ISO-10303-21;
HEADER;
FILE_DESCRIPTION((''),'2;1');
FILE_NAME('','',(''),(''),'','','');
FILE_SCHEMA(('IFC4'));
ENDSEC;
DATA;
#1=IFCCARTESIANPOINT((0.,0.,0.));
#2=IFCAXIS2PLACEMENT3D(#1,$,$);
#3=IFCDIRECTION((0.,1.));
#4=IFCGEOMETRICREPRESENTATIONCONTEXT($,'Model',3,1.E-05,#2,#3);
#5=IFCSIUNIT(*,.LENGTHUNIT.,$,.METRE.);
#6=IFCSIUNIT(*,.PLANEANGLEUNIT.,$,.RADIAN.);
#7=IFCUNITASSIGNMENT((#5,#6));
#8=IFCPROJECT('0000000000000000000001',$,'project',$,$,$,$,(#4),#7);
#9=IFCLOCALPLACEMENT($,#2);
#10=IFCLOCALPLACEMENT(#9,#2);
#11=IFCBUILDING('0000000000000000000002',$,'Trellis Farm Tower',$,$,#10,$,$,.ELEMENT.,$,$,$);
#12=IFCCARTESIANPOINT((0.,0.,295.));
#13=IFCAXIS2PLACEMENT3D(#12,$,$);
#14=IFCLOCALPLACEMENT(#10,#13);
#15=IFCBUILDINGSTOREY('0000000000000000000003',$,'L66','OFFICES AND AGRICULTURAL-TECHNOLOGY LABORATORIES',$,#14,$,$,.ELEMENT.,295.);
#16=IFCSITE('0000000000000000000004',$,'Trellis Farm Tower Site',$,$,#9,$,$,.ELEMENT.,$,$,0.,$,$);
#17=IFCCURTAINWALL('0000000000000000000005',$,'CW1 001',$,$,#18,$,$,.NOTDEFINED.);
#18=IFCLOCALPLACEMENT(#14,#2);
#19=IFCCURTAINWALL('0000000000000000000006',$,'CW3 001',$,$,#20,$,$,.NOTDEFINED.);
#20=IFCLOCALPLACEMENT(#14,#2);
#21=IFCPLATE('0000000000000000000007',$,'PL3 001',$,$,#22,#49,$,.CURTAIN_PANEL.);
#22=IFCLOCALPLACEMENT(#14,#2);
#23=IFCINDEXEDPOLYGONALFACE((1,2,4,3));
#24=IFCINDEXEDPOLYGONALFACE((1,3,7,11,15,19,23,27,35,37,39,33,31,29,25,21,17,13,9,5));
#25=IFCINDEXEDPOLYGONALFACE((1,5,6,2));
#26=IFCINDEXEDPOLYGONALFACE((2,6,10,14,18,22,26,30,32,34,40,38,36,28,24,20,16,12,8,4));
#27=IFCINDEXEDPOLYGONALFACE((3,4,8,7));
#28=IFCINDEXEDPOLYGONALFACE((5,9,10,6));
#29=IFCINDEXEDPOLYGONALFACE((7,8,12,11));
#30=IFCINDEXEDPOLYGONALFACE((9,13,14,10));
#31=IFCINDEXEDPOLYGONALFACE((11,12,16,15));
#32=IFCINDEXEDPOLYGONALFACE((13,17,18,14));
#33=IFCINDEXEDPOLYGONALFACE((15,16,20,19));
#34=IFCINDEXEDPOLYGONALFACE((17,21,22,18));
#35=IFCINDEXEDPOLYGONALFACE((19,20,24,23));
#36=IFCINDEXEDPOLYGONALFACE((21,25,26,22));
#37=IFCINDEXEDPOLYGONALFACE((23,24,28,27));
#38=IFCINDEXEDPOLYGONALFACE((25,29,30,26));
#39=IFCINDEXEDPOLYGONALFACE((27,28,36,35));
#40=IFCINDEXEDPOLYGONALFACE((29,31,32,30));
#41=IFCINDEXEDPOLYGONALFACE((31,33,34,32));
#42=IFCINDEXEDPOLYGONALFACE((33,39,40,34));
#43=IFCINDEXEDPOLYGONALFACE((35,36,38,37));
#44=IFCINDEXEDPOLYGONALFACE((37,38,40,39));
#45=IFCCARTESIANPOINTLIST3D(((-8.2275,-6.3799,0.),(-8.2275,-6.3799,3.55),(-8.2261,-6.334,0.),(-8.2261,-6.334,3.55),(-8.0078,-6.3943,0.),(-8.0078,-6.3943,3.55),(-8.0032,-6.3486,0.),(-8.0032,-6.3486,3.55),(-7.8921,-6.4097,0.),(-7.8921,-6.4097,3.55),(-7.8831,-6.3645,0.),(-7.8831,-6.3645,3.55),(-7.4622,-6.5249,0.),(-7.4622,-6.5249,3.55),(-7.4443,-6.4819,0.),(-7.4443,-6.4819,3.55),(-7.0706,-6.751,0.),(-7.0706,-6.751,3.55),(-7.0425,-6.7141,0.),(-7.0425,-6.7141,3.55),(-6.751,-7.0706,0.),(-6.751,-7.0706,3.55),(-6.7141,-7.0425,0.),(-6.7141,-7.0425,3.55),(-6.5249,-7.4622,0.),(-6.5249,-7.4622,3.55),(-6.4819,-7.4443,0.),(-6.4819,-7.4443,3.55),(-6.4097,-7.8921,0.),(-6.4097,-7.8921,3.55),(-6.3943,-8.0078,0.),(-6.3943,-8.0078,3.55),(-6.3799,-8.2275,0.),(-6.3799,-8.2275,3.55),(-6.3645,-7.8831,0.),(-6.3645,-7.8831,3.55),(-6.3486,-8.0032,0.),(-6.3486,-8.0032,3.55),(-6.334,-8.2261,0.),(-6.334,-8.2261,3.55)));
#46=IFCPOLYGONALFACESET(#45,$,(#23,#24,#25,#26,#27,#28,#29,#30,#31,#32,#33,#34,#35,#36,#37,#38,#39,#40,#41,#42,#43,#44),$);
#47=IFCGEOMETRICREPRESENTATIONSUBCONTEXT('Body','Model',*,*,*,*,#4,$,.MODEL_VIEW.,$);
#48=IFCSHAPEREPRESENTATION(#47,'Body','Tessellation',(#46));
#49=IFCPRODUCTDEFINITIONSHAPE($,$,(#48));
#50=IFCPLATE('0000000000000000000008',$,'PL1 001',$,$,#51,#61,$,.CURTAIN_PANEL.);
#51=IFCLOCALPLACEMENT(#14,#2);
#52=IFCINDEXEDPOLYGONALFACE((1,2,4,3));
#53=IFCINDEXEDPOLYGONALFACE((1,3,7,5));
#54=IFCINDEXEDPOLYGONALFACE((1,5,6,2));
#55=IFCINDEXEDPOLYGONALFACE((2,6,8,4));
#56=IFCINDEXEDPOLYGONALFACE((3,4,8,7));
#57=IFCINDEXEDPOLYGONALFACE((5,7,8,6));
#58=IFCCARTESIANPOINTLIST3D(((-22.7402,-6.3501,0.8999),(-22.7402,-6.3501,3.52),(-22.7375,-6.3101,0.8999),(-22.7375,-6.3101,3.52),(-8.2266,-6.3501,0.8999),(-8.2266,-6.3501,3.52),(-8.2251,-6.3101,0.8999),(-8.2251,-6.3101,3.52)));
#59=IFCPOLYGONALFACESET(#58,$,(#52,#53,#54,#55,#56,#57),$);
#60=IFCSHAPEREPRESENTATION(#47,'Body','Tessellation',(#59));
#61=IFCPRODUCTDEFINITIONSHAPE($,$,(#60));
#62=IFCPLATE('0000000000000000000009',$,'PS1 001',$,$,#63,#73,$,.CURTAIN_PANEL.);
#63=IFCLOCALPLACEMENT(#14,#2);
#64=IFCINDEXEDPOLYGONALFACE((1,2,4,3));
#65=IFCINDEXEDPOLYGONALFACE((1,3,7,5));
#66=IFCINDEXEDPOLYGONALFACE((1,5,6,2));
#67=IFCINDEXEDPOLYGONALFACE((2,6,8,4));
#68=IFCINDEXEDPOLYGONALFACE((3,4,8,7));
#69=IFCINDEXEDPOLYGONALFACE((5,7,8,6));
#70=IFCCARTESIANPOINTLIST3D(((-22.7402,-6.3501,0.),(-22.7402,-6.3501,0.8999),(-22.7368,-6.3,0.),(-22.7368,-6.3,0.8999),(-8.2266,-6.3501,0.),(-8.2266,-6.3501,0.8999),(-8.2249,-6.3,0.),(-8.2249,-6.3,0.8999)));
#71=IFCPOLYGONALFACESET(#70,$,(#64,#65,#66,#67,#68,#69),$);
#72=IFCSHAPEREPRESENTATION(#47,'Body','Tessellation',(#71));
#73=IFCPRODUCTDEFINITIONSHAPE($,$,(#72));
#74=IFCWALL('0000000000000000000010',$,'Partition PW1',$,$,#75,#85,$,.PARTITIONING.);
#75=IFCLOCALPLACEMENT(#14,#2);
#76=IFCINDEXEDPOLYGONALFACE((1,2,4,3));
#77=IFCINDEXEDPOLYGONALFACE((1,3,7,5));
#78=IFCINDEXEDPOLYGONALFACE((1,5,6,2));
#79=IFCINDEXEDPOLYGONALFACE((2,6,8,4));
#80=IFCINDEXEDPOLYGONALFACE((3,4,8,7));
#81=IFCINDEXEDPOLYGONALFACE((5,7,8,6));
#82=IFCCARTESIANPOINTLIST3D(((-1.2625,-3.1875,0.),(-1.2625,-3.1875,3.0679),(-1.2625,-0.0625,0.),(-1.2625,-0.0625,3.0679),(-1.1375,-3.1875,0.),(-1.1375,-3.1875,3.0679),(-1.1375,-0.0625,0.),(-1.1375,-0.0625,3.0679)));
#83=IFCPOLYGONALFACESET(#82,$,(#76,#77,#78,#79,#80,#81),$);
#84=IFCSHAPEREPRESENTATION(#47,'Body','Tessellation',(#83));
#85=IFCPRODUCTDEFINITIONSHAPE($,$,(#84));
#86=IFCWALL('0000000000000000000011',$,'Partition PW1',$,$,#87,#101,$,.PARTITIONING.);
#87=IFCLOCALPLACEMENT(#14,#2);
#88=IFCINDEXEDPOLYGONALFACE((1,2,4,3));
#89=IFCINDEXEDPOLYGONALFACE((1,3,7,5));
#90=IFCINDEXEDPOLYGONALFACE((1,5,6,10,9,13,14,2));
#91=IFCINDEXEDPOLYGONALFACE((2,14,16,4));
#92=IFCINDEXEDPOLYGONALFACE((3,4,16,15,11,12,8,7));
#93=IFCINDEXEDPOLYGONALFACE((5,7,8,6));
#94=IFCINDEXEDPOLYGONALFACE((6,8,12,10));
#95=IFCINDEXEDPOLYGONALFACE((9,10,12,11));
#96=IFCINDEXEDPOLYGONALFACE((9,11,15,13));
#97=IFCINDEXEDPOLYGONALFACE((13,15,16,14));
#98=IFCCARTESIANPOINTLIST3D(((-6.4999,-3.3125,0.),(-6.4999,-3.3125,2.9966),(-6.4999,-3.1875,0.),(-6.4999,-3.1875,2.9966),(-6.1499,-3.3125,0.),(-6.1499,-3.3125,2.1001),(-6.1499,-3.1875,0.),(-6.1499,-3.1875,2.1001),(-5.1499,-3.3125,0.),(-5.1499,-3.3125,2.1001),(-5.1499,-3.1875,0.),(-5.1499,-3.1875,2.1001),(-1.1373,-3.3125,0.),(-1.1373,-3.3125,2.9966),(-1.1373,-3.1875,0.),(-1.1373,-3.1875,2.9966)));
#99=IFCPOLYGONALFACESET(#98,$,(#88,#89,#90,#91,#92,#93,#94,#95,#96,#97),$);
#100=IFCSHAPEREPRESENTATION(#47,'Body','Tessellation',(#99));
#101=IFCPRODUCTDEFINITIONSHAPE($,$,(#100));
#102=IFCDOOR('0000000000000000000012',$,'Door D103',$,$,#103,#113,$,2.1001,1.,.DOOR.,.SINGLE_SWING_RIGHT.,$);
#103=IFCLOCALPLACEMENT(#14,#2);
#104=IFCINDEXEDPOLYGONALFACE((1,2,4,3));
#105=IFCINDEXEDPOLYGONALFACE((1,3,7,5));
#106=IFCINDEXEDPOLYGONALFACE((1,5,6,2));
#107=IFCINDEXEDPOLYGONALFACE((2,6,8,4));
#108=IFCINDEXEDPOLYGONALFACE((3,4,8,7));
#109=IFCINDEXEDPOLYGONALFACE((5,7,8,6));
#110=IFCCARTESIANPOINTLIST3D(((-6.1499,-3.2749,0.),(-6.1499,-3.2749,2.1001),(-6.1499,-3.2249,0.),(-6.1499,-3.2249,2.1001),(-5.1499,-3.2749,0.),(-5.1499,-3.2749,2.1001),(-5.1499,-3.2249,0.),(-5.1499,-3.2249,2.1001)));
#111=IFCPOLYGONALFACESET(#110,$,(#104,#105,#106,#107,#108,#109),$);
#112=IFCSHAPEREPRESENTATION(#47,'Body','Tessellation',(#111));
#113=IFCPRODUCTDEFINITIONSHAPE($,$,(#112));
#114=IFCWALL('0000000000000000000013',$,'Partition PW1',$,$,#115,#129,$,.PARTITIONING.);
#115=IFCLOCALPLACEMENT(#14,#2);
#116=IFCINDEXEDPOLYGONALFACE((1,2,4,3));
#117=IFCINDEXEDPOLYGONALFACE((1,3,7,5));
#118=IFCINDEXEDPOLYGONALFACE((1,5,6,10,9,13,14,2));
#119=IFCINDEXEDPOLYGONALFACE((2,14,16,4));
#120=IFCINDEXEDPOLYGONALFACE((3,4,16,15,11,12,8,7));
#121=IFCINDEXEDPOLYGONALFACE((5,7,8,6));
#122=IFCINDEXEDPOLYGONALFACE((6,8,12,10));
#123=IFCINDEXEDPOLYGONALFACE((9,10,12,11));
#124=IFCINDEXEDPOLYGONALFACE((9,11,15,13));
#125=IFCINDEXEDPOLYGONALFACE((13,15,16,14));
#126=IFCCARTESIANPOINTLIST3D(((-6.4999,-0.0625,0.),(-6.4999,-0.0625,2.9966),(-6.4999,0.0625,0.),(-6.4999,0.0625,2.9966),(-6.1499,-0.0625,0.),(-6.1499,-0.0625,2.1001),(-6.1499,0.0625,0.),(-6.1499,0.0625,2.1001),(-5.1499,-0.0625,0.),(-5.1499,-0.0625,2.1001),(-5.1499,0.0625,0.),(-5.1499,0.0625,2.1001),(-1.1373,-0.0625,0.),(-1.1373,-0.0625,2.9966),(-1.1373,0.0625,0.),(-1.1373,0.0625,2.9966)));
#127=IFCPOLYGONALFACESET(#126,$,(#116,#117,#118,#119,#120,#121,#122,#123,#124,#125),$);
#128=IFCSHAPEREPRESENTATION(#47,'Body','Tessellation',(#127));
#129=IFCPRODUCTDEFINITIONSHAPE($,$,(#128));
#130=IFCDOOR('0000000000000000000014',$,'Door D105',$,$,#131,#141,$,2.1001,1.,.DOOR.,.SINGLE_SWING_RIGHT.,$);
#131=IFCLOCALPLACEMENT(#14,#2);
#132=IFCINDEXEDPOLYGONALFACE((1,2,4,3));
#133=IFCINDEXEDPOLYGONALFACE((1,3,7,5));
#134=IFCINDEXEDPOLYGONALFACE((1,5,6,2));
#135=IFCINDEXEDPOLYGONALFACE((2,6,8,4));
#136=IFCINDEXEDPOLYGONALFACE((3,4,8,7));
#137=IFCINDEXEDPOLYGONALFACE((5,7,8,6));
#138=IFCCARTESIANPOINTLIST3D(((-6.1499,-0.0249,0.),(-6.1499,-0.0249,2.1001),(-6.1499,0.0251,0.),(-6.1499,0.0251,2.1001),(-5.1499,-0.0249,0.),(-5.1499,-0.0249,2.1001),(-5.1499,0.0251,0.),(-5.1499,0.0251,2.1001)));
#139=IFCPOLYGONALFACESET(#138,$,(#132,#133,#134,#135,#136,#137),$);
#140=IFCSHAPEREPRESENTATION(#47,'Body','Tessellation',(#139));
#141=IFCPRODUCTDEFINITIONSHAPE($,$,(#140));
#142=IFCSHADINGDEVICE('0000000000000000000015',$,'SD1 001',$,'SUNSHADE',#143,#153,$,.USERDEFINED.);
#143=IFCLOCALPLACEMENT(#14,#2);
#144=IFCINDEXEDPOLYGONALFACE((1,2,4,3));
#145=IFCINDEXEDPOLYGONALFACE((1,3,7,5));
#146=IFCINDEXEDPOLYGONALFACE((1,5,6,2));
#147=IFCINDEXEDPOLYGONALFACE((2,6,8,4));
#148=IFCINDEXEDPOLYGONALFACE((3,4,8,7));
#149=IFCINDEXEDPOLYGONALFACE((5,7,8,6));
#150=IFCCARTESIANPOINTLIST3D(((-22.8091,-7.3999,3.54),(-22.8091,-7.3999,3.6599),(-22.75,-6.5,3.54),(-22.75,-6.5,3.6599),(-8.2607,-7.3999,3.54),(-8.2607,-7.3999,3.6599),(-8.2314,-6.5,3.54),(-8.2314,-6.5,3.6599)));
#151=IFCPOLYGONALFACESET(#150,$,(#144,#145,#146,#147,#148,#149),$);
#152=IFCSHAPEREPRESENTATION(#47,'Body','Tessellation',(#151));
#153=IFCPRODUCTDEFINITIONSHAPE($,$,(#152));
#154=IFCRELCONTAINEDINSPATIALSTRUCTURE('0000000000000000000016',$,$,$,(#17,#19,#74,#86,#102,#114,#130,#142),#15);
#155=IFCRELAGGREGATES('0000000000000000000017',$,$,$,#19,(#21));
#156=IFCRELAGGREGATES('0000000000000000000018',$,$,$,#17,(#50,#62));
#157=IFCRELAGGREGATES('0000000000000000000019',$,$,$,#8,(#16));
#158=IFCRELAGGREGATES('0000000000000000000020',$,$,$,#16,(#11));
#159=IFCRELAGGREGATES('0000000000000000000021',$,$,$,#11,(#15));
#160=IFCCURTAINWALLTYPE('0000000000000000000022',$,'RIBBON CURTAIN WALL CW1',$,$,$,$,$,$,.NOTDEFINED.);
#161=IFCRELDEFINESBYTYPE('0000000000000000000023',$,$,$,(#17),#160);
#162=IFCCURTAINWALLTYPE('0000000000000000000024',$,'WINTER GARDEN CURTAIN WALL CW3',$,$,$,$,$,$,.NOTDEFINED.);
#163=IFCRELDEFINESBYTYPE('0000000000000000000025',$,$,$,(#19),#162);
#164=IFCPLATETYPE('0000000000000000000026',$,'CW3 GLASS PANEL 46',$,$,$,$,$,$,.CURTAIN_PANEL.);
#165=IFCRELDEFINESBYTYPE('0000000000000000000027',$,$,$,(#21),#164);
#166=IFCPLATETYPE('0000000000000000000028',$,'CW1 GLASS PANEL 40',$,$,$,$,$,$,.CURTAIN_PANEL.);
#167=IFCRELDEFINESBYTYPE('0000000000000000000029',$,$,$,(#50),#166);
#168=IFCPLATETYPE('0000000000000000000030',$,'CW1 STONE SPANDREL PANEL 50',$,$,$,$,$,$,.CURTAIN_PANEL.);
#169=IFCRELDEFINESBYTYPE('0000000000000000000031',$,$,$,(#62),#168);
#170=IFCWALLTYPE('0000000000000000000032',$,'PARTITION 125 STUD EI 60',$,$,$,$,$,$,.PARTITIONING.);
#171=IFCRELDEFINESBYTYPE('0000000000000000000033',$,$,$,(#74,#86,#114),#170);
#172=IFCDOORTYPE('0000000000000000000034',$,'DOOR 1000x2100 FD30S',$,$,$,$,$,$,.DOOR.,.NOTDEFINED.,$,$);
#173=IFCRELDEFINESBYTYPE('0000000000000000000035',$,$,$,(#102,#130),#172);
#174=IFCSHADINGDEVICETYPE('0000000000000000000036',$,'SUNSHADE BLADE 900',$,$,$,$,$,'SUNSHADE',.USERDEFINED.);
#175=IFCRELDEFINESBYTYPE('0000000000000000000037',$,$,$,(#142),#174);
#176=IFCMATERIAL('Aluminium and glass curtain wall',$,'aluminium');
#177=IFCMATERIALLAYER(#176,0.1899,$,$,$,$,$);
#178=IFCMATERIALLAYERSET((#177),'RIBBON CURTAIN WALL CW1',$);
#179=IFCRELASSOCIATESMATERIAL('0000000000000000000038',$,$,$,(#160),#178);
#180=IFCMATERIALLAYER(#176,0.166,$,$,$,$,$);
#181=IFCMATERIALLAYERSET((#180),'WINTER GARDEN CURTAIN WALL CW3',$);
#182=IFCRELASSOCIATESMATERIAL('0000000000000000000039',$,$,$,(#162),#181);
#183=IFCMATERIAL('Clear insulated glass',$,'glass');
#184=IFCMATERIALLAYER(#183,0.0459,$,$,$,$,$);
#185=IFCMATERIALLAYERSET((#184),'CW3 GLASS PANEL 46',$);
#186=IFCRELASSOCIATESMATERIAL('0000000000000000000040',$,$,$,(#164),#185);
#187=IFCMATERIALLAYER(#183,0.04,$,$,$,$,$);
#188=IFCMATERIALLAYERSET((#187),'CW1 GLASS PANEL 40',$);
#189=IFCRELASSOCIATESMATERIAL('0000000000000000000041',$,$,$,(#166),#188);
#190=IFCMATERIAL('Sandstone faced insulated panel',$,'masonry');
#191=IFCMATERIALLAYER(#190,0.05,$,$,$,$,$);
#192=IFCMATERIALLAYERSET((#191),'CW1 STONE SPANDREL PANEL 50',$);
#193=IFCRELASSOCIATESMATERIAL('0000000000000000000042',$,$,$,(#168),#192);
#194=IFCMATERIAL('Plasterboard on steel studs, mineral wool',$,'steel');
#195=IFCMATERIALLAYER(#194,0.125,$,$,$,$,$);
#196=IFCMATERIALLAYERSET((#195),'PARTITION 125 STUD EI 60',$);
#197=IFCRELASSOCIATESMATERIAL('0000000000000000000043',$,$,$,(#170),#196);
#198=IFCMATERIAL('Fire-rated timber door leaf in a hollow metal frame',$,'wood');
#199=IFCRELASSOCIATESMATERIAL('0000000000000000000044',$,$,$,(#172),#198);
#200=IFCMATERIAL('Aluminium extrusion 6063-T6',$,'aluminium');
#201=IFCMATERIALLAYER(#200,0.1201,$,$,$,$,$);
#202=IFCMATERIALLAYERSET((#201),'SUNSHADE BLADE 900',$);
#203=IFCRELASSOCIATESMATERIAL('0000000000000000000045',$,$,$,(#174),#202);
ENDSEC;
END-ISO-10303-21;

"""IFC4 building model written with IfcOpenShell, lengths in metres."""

from ifc_helpers import new_model, si_unit, direction, frame, frame_2d, origin, place, context, subcontext, project, spatial, polyline, rectangle, outline, extrude, source, transform, mapped, material, layer, layer_set, type_object, element, fill, aggregate, save


model = new_model("IFC4")

# Units and contexts
model_context = context("Model", 3, precision=1e-05, world=origin(), true_north=direction((0.0, 1.0)))
body_context = subcontext(model_context, "Body", "Model", "MODEL_VIEW")
ifc_project = project(units=[si_unit("LENGTHUNIT", "METRE"), si_unit("PLANEANGLEUNIT", "RADIAN")], contexts=[model_context])

# Site, building, storey
site_placement = place(None, origin())
site = spatial("IfcSite", under=ifc_project, at=site_placement, Name="Trellis Farm Tower Site", CompositionType="ELEMENT", RefElevation=0.0)
building_placement = place(site_placement, origin())
building = spatial("IfcBuilding", under=site, at=building_placement, Name="Trellis Farm Tower", CompositionType="ELEMENT")
storey_placement = place(building_placement, frame((0.0, 0.0, 295.0)))
storey = spatial("IfcBuildingStorey", under=building, at=storey_placement, Name="L66", Description="OFFICES AND AGRICULTURAL-TECHNOLOGY LABORATORIES", CompositionType="ELEMENT", Elevation=295.0)

# Curtain wall
ifc_material_1 = material(Name="Aluminium and glass curtain wall", Category="aluminium")
ifc_layer_1 = layer(ifc_material_1, 0.1899)
ifc_layer_set_1 = layer_set([ifc_layer_1], Name="RIBBON CURTAIN WALL CW1")
curtain_wall_type_1 = type_object("IfcCurtainWallType", Name="RIBBON CURTAIN WALL CW1", PredefinedType="NOTDEFINED", material=ifc_layer_set_1)
placement_1 = place(storey_placement, origin())
curtain_wall_1 = element("IfcCurtainWall", 1, at=placement_1, inside=storey, type_object=curtain_wall_type_1, Name="CW1 001", PredefinedType="NOTDEFINED")
ifc_material_2 = material(Name="Aluminium extrusion 6063-T6", Category="aluminium")

# Curtain wall, plate
ifc_layer_2 = layer(ifc_material_1, 0.166)
ifc_layer_set_2 = layer_set([ifc_layer_2], Name="WINTER GARDEN CURTAIN WALL CW3")
curtain_wall_type_2 = type_object("IfcCurtainWallType", Name="WINTER GARDEN CURTAIN WALL CW3", PredefinedType="NOTDEFINED", material=ifc_layer_set_2)
curtain_wall_2 = element("IfcCurtainWall", 2, at=placement_1, inside=storey, type_object=curtain_wall_type_2, Name="CW3 001", PredefinedType="NOTDEFINED")
ifc_material_3 = material(Name="Clear insulated glass", Category="glass")
ifc_layer_3 = layer(ifc_material_3, 0.0459)
ifc_layer_set_3 = layer_set([ifc_layer_3], Name="CW3 GLASS PANEL 46")
plate_type_1 = type_object("IfcPlateType", Name="CW3 GLASS PANEL 46", PredefinedType="CURTAIN_PANEL", material=ifc_layer_set_3)
shared_shape_1 = source(origin(), body_context, "Body", "SweptSolid", [
    extrude(outline(polyline([(-8.2275, -6.3799), (-8.0078, -6.3943), (-7.8921, -6.4097), (-7.4622, -6.5249), (-7.0706, -6.751), (-6.751, -7.0706), (-6.5249, -7.4622), (-6.4097, -7.8921), (-6.3943, -8.0078), (-6.3799, -8.2275), (-6.334, -8.2261), (-6.3486, -8.0032), (-6.3645, -7.8831), (-6.4819, -7.4443), (-6.7141, -7.0425), (-7.0425, -6.7141), (-7.4443, -6.4819), (-7.8831, -6.3645), (-8.0032, -6.3486), (-8.2261, -6.334), (-8.2275, -6.3799)])), origin(), (0.0, 0.0, 1.0), 3.55),
])
plate_1 = element("IfcPlate", 3, at=placement_1, type_object=plate_type_1, Name="PL3 001", PredefinedType="CURTAIN_PANEL", context=body_context, shape_type="MappedRepresentation", body=[
    mapped(shared_shape_1, transform((0.0, 0.0, 0.0))),
])
aggregate(curtain_wall_2, [plate_1])

# Plates
ifc_layer_4 = layer(ifc_material_3, 0.04)
ifc_layer_set_4 = layer_set([ifc_layer_4], Name="CW1 GLASS PANEL 40")
plate_type_2 = type_object("IfcPlateType", Name="CW1 GLASS PANEL 40", PredefinedType="CURTAIN_PANEL", material=ifc_layer_set_4)
shared_shape_2 = source(origin(), body_context, "Body", "SweptSolid", [
    extrude(outline(polyline([(-22.7402, -6.3501), (-8.2266, -6.3501), (-8.2251, -6.3101), (-22.7375, -6.3101), (-22.7402, -6.3501)])), origin(), (0.0, 0.0, 1.0), 2.6201),
])
plate_2_placement = place(storey_placement, frame((0.0, 0.0, 0.8999)))
plate_2 = element("IfcPlate", 4, at=plate_2_placement, type_object=plate_type_2, Name="PL1 001", PredefinedType="CURTAIN_PANEL", context=body_context, shape_type="MappedRepresentation", body=[
    mapped(shared_shape_2, transform((0.0, 0.0, 0.0))),
])
ifc_material_4 = material(Name="Sandstone faced insulated panel", Category="masonry")
ifc_layer_5 = layer(ifc_material_4, 0.05)
ifc_layer_set_5 = layer_set([ifc_layer_5], Name="CW1 STONE SPANDREL PANEL 50")
plate_type_3 = type_object("IfcPlateType", Name="CW1 STONE SPANDREL PANEL 50", PredefinedType="CURTAIN_PANEL", material=ifc_layer_set_5)
shared_shape_3 = source(origin(), body_context, "Body", "SweptSolid", [
    extrude(outline(polyline([(-22.7402, -6.3501), (-8.2266, -6.3501), (-8.2249, -6.3), (-22.7368, -6.3), (-22.7402, -6.3501)])), origin(), (0.0, 0.0, 1.0), 0.8999),
])
plate_3 = element("IfcPlate", 5, at=placement_1, type_object=plate_type_3, Name="PS1 001", PredefinedType="CURTAIN_PANEL", context=body_context, shape_type="MappedRepresentation", body=[
    mapped(shared_shape_3, transform((0.0, 0.0, 0.0))),
])
aggregate(curtain_wall_1, [plate_2, plate_3])

# Wall
ifc_material_5 = material(Name="Plasterboard on steel studs, mineral wool", Category="steel")
ifc_layer_6 = layer(ifc_material_5, 0.125)
ifc_layer_set_6 = layer_set([ifc_layer_6], Name="PARTITION 125 STUD EI 60")
wall_type = type_object("IfcWallType", Name="PARTITION 125 STUD EI 60", PredefinedType="PARTITIONING", material=ifc_layer_set_6)
shared_shape_4 = source(origin(), body_context, "Body", "SweptSolid", [
    extrude(rectangle(XDim=3.125, YDim=0.125, at=frame_2d((1.5625, 0.0))), origin(), (0.0, 0.0, 1.0), 3.0679),
])
wall_1_placement = place(storey_placement, frame((-1.2, -0.0625, 0.0), z_axis=(0.0, 0.0, 1.0), x_axis=(0.0, -1.0, 0.0)))
element("IfcWall", 6, at=wall_1_placement, inside=storey, type_object=wall_type, Name="Partition PW1", PredefinedType="PARTITIONING", context=body_context, shape_type="MappedRepresentation", body=[
    mapped(shared_shape_4, transform((0.0, 0.0, 0.0))),
])

# Walls, openings, doors
shared_shape_5 = source(origin(), body_context, "Body", "SweptSolid", [
    extrude(rectangle(XDim=5.3625, YDim=0.125, at=frame_2d((2.6812, 0.0))), origin(), (0.0, 0.0, 1.0), 2.9966),
])
wall_2_placement = place(storey_placement, frame((-1.1375, -3.25, 0.0), z_axis=(0.0, 0.0, 1.0), x_axis=(-1.0, 0.0, 0.0)))
wall_2 = element("IfcWall", 7, at=wall_2_placement, inside=storey, type_object=wall_type, Name="Partition PW1", PredefinedType="PARTITIONING", context=body_context, shape_type="MappedRepresentation", body=[
    mapped(shared_shape_5, transform((0.0, 0.0, 0.0))),
])
shared_shape_6 = source(origin(), body_context, "Body", "SweptSolid", [
    extrude(rectangle(XDim=1.0, YDim=2.1001, at=frame_2d((0.5, 1.05))), frame((0.0, 0.0725, 0.0), z_axis=(0.0, -1.0, 0.0), x_axis=(1.0, 0.0, 0.0)), (0.0, 0.0, 1.0), 0.145),
])
opening_1_placement = place(wall_2_placement, frame((4.0125, 0.0, 0.0)))
opening_1 = element("IfcOpeningElement", 8, at=opening_1_placement, cuts=wall_2, PredefinedType="OPENING", context=body_context, shape_type="MappedRepresentation", body=[
    mapped(shared_shape_6, transform((0.0, 0.0, 0.0))),
])
ifc_material_6 = material(Name="Fire-rated timber door leaf in a hollow metal frame", Category="wood")
door_type = type_object("IfcDoorType", Name="DOOR 1000x2100 FD30S", OperationType="NOTDEFINED", PredefinedType="DOOR", material=ifc_material_6)
shared_shape_7 = source(origin(), body_context, "Body", "SweptSolid", [
    extrude(rectangle(XDim=1.0, YDim=2.1001, at=frame_2d((0.5, 1.05))), frame((0.0, 0.0249, 0.0), z_axis=(0.0, -1.0, 0.0), x_axis=(1.0, 0.0, 0.0)), (0.0, 0.0, 1.0), 0.05),
])
door_1_placement = place(opening_1_placement, origin())
door_1 = element("IfcDoor", 9, at=door_1_placement, inside=storey, type_object=door_type, Name="Door D103", OperationType="SINGLE_SWING_RIGHT", OverallHeight=2.1001, OverallWidth=1.0, PredefinedType="DOOR", context=body_context, shape_type="MappedRepresentation", body=[
    mapped(shared_shape_7, transform((0.0, 0.0, 0.0))),
])
fill(opening_1, door_1)
wall_3_placement = place(storey_placement, frame((-1.1375, 0.0, 0.0), z_axis=(0.0, 0.0, 1.0), x_axis=(-1.0, 0.0, 0.0)))
wall_3 = element("IfcWall", 10, at=wall_3_placement, inside=storey, type_object=wall_type, Name="Partition PW1", PredefinedType="PARTITIONING", context=body_context, shape_type="MappedRepresentation", body=[
    mapped(shared_shape_5, transform((0.0, 0.0, 0.0))),
])
opening_2_placement = place(wall_3_placement, frame((4.0125, 0.0, 0.0)))
opening_2 = element("IfcOpeningElement", 11, at=opening_2_placement, cuts=wall_3, PredefinedType="OPENING", context=body_context, shape_type="MappedRepresentation", body=[
    mapped(shared_shape_6, transform((0.0, 0.0, 0.0))),
])
door_2_placement = place(opening_2_placement, origin())
door_2 = element("IfcDoor", 12, at=door_2_placement, inside=storey, type_object=door_type, Name="Door D105", OperationType="SINGLE_SWING_RIGHT", OverallHeight=2.1001, OverallWidth=1.0, PredefinedType="DOOR", context=body_context, shape_type="MappedRepresentation", body=[
    mapped(shared_shape_7, transform((0.0, 0.0, 0.0))),
])
fill(opening_2, door_2)

# Shading device
ifc_layer_7 = layer(ifc_material_2, 0.1201)
ifc_layer_set_7 = layer_set([ifc_layer_7], Name="SUNSHADE BLADE 900")
shading_device_type = type_object("IfcShadingDeviceType", Name="SUNSHADE BLADE 900", ElementType="SUNSHADE", PredefinedType="USERDEFINED", material=ifc_layer_set_7)
shared_shape_8 = source(origin(), body_context, "Body", "SweptSolid", [
    extrude(outline(polyline([(-22.8091, -7.3999), (-8.2607, -7.3999), (-8.2314, -6.5), (-22.75, -6.5), (-22.8091, -7.3999)])), origin(), (0.0, 0.0, 1.0), 0.1199),
])
shading_device_placement = place(storey_placement, frame((0.0, 0.0, 3.54)))
element("IfcShadingDevice", 13, at=shading_device_placement, inside=storey, type_object=shading_device_type, Name="SD1 001", ObjectType="SUNSHADE", PredefinedType="USERDEFINED", context=body_context, shape_type="MappedRepresentation", body=[
    mapped(shared_shape_8, transform((0.0, 0.0, 0.0))),
])

save(model, "model.ifc")
